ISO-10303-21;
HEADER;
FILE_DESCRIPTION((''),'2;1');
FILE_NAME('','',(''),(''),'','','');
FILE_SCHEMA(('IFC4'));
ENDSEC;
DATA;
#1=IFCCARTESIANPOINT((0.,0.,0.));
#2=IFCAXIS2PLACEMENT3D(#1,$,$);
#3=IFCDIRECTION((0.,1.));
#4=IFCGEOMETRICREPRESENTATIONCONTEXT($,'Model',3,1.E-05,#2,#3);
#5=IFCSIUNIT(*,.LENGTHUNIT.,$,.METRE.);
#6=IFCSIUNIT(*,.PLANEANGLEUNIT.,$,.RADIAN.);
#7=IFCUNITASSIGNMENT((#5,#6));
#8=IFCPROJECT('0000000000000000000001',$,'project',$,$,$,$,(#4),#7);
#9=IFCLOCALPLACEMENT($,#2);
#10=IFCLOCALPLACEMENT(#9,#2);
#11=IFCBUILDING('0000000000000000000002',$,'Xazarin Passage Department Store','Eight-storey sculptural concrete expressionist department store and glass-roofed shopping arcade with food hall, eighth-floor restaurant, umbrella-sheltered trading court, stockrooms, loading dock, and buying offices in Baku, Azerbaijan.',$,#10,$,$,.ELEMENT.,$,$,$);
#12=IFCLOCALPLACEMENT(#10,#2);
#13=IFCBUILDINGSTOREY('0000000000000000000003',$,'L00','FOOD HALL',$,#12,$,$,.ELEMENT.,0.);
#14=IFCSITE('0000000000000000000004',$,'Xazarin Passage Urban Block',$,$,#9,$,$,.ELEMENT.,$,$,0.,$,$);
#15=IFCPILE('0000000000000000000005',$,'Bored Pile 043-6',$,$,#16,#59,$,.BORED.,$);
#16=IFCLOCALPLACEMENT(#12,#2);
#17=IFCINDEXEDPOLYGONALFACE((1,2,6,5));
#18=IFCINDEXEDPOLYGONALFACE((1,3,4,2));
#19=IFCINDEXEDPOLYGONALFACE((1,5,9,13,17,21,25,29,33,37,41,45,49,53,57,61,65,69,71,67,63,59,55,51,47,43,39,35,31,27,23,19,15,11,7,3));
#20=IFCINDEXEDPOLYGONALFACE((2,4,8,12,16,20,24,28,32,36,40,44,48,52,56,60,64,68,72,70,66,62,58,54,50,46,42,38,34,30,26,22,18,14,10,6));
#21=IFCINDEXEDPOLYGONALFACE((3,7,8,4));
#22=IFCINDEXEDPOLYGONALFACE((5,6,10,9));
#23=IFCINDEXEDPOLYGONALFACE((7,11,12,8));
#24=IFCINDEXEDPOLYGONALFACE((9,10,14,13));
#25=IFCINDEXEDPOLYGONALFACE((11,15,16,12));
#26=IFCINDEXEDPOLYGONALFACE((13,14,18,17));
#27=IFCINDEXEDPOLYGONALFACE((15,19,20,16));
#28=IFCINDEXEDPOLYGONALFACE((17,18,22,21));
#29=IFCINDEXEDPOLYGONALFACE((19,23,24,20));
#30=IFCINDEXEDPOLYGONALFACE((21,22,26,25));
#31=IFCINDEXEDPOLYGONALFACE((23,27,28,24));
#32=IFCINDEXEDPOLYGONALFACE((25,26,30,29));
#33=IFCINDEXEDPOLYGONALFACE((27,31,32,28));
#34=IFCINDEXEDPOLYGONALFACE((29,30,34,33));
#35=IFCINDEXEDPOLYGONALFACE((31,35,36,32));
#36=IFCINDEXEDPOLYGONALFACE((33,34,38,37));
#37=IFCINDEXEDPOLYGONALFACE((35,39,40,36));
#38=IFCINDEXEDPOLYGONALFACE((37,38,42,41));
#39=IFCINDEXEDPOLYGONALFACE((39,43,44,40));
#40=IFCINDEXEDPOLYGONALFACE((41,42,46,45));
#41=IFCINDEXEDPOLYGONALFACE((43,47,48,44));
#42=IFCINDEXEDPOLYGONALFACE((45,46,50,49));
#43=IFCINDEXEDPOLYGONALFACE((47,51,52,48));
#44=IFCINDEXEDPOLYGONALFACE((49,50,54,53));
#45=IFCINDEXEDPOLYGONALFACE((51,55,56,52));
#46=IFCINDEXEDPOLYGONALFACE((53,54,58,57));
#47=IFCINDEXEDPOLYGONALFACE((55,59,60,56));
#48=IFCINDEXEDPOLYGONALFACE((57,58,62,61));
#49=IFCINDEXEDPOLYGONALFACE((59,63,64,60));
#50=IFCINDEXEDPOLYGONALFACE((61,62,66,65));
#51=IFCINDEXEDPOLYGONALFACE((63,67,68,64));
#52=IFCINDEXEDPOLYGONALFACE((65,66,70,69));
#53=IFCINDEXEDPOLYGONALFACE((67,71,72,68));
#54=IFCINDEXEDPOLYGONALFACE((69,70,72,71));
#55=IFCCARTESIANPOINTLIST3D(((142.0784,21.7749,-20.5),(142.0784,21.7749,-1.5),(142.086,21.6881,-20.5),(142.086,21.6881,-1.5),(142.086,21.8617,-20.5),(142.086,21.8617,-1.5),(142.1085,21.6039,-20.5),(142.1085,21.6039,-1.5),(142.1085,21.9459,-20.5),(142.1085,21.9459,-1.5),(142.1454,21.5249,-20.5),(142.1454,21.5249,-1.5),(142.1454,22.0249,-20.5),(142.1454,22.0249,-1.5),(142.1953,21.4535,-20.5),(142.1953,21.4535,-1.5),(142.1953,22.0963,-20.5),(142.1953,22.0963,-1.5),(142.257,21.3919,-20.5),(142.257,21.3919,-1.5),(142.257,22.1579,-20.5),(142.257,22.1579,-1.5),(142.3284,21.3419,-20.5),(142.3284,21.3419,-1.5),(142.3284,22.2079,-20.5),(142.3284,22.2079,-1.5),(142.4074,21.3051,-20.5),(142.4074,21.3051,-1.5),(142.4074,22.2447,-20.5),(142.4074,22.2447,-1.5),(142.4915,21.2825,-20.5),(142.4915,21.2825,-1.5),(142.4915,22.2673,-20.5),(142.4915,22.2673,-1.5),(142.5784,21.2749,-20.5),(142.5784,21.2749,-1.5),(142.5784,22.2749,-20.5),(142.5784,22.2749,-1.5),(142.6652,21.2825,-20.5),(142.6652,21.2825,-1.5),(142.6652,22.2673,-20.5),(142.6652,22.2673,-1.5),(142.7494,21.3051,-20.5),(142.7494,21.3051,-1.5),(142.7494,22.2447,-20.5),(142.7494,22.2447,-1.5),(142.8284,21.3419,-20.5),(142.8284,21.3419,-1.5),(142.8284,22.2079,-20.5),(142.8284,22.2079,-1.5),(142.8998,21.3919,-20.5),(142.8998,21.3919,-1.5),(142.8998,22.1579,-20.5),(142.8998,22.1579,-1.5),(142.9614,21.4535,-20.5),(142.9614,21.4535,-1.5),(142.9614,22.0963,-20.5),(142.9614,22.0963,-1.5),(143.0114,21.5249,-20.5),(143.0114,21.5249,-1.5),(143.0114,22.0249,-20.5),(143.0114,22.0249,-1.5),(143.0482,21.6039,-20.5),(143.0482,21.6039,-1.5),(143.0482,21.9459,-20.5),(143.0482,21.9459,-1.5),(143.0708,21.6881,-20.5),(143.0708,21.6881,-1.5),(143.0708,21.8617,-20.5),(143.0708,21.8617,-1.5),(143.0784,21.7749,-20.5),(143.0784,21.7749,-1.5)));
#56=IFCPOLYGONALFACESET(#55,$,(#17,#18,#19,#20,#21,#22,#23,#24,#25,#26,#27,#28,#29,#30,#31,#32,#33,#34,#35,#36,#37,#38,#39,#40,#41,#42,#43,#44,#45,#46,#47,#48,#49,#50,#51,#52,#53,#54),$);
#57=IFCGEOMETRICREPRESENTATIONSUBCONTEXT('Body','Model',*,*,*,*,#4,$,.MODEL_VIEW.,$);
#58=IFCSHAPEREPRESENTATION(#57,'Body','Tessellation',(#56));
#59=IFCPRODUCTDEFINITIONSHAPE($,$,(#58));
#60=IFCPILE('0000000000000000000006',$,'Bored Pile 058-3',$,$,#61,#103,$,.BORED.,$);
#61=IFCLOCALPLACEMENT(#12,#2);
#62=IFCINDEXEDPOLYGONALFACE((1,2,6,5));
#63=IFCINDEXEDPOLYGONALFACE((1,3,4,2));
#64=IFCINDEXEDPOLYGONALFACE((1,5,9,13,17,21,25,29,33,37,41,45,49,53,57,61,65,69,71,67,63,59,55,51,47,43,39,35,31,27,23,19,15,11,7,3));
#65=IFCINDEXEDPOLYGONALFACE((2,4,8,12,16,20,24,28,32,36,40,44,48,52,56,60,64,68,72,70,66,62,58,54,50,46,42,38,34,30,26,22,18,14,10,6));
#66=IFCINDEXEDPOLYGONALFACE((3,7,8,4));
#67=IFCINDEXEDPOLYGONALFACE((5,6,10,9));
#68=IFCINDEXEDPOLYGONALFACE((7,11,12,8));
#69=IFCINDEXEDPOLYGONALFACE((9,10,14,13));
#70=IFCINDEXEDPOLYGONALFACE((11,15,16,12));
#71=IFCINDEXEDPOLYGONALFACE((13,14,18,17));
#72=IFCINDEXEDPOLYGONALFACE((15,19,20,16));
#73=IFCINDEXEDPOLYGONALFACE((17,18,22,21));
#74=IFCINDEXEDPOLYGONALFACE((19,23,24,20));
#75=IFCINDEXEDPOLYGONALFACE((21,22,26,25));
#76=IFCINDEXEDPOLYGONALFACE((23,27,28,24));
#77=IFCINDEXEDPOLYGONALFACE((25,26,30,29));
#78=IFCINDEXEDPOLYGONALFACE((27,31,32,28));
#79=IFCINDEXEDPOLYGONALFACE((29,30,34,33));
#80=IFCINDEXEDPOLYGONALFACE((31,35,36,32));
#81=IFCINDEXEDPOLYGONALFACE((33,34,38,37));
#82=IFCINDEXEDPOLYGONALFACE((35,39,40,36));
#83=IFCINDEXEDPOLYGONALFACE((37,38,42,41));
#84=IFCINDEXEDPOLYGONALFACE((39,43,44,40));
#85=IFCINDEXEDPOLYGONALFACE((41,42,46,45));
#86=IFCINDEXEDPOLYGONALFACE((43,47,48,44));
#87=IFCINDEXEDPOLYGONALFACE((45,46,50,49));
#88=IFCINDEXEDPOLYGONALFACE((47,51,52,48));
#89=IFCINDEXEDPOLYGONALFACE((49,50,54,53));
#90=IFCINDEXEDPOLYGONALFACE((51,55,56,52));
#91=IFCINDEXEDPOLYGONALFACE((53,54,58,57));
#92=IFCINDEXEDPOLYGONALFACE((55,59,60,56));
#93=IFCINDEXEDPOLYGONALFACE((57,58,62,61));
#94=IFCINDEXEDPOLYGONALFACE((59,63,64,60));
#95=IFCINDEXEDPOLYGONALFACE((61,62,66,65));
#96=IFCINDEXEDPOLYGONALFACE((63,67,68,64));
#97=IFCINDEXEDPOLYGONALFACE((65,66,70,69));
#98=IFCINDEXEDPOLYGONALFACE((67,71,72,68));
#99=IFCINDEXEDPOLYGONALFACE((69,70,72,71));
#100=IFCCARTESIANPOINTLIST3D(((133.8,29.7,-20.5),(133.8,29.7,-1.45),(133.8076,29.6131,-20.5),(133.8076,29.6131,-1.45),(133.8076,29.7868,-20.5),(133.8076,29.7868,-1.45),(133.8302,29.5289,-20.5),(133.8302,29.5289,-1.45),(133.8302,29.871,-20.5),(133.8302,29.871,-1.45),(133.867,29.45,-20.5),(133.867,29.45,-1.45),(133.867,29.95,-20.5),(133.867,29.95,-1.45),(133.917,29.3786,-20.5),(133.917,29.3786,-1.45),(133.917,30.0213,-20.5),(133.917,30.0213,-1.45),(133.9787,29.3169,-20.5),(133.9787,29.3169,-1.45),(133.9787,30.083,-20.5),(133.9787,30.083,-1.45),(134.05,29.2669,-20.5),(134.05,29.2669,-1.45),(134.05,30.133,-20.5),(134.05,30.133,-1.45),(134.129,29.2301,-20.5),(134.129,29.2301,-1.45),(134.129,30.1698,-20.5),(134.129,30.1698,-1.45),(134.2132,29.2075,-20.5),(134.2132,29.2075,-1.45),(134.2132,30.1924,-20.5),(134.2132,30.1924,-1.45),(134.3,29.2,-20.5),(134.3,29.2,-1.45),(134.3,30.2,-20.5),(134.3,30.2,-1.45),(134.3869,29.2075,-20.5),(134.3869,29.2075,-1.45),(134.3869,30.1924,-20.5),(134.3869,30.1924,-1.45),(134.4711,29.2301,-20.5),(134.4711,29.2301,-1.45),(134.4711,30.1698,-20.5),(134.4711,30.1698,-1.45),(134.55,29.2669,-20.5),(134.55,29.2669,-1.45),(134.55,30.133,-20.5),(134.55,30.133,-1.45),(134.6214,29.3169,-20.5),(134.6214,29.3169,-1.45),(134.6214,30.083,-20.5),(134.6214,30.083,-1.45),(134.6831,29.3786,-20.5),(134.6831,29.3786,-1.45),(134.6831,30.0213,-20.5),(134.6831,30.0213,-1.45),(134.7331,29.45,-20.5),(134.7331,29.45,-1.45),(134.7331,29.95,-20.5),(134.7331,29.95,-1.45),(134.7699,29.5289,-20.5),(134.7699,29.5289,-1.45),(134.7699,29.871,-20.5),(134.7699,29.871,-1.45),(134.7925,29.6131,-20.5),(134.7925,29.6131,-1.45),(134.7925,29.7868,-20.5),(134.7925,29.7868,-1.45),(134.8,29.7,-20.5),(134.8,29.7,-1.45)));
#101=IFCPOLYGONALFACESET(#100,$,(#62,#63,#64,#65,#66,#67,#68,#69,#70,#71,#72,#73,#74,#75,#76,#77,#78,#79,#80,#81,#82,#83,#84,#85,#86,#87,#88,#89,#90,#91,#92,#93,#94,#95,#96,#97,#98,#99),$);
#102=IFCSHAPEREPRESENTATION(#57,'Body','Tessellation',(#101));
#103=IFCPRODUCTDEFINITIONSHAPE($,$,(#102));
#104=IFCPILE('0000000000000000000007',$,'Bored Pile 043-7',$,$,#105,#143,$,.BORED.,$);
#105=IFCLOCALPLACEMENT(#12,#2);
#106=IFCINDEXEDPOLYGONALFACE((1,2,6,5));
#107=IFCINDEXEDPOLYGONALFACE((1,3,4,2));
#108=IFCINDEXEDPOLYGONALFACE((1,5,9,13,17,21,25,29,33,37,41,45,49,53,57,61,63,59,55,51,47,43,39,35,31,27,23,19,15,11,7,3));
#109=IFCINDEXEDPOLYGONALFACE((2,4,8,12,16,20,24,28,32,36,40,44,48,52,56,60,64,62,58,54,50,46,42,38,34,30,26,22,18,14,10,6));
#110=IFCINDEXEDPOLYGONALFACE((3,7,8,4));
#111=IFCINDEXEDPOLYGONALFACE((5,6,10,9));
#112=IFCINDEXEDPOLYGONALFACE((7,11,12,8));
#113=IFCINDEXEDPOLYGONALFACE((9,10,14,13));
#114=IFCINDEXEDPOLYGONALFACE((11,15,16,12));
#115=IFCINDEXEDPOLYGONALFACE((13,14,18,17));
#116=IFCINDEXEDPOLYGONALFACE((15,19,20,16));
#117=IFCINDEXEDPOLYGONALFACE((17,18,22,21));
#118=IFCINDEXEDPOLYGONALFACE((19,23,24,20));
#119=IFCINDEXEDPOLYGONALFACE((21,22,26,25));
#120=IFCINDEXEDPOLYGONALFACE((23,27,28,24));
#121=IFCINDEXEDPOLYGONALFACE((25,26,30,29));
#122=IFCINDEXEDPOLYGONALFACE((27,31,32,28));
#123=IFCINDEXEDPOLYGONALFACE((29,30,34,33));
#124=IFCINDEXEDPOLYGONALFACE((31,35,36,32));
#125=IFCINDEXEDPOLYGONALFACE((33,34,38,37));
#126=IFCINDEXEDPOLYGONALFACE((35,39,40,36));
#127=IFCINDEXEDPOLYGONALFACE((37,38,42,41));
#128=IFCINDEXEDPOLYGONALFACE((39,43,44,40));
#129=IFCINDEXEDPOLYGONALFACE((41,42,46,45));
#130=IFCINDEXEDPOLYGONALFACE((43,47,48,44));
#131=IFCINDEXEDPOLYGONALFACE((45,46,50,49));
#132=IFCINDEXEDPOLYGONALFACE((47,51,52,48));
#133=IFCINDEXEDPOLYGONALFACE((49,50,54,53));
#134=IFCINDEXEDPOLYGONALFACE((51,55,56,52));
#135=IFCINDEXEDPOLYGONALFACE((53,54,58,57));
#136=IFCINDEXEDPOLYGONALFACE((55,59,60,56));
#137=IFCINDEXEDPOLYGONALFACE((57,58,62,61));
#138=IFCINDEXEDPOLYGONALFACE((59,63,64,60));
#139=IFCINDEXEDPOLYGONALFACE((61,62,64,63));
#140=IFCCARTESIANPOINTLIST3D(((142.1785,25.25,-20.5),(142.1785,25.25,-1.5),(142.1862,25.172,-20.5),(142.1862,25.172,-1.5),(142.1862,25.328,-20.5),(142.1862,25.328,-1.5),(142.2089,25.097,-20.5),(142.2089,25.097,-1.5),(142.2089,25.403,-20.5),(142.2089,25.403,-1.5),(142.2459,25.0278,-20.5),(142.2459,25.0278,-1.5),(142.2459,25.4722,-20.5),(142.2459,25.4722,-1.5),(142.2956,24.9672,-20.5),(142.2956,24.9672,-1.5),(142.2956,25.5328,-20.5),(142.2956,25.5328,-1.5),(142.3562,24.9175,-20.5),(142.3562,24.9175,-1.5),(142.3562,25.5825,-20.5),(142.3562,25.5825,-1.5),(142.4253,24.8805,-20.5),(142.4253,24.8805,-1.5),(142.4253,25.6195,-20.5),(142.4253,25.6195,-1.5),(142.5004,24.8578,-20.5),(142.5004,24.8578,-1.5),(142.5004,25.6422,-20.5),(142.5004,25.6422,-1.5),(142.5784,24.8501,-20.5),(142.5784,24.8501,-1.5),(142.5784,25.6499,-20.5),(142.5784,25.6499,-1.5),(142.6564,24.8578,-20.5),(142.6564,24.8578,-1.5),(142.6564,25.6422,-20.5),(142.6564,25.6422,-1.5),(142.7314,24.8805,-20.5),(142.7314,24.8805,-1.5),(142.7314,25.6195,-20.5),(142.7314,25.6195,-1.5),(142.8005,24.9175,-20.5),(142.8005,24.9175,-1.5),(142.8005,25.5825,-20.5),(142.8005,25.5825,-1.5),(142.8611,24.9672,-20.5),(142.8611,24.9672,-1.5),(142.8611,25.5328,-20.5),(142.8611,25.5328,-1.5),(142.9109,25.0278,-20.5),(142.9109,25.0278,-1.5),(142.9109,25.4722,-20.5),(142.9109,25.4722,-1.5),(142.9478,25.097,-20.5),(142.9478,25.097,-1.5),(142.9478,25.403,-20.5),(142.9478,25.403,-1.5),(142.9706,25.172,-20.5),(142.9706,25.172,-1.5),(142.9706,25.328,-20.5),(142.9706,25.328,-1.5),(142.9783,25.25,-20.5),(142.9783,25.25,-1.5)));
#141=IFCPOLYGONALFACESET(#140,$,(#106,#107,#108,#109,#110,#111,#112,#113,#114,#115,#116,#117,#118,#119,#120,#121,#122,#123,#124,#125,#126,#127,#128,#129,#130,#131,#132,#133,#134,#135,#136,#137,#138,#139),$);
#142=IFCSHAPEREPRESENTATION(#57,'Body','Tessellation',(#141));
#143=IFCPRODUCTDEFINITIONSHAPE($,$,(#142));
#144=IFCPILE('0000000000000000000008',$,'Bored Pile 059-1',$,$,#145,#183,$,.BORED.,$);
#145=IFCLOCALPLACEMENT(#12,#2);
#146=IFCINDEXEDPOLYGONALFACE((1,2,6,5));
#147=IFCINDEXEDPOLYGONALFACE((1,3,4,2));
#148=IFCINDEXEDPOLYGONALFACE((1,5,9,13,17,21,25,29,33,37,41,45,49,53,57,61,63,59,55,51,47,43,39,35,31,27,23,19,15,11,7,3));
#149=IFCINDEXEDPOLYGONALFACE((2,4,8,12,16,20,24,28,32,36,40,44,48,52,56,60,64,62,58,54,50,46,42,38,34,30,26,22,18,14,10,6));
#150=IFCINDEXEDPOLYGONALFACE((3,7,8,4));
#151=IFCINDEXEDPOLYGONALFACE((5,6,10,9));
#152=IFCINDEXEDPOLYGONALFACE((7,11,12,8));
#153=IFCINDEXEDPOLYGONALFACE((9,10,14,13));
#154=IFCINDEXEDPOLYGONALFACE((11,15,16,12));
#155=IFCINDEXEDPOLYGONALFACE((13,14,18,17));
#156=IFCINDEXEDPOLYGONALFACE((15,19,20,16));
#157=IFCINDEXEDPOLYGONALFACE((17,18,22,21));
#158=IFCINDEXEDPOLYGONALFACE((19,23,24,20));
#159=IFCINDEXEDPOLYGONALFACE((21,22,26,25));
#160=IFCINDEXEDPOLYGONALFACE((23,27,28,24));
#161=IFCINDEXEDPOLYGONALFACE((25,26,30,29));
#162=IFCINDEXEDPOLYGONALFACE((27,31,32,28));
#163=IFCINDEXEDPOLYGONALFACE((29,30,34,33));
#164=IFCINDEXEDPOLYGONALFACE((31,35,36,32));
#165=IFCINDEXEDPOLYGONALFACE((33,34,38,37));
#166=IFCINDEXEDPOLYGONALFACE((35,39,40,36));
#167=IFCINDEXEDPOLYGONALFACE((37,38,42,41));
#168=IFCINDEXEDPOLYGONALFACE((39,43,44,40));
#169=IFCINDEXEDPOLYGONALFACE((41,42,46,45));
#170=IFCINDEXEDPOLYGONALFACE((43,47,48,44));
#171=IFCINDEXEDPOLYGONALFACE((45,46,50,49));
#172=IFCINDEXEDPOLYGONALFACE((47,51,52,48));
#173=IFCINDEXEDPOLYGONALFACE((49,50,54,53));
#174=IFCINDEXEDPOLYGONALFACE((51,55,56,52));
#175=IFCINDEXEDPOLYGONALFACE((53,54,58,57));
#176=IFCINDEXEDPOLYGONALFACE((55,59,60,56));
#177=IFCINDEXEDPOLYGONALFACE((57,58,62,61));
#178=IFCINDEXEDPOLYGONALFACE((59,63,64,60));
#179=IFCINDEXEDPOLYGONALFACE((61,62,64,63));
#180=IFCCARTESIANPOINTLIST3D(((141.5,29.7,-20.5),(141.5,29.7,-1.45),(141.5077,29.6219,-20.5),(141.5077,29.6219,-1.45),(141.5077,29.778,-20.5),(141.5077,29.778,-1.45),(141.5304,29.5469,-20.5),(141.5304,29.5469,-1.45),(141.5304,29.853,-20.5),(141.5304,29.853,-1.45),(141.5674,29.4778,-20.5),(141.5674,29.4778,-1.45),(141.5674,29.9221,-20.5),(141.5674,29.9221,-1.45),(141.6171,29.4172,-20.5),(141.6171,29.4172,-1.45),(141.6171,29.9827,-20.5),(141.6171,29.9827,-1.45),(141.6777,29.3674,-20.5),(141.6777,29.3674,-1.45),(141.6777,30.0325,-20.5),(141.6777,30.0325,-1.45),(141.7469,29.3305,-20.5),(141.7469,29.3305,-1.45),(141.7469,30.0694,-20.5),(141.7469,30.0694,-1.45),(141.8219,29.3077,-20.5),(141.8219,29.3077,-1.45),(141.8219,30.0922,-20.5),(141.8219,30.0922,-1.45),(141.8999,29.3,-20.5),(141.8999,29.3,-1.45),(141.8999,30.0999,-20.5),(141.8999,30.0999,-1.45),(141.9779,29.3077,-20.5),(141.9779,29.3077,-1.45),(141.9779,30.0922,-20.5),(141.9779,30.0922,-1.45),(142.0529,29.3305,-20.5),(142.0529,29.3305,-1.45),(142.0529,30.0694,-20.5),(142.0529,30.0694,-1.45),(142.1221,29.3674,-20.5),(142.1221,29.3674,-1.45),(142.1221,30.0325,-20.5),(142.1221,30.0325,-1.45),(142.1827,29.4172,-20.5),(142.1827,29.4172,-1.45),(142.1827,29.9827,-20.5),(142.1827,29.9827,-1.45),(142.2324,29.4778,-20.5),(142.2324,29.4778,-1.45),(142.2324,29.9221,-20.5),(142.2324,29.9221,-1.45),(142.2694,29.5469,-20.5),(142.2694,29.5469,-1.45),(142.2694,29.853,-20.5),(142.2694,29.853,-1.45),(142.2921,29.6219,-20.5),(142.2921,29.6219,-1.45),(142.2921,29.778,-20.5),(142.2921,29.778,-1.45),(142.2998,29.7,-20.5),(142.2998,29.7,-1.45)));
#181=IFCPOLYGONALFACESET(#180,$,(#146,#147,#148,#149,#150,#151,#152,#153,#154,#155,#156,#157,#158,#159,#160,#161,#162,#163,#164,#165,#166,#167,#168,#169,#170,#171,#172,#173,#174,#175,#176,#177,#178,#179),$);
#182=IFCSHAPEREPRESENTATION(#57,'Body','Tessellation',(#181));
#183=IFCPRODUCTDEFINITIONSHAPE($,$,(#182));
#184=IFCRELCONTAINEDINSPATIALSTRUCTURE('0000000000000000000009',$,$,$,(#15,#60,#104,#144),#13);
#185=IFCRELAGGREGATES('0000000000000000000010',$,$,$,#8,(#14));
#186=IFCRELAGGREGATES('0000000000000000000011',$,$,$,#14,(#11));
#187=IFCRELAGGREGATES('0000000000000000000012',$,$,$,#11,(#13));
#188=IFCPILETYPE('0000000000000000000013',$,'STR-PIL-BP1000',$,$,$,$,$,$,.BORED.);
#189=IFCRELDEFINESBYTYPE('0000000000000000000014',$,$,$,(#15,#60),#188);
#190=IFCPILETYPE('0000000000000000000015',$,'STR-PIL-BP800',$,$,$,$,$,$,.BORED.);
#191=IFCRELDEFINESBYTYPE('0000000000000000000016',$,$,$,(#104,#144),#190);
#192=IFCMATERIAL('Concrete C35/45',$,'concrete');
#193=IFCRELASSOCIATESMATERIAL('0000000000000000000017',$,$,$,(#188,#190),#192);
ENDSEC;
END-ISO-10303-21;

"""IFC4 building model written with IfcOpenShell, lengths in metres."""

from ifc_helpers import new_model, si_unit, direction, frame, origin, origin_2d, place, context, subcontext, project, spatial, circle, extrude, material, material_profile, profile_set, type_object, element, save


model = new_model("IFC4")

# Units and contexts
model_context = context("Model", 3, precision=1e-05, world=origin(), true_north=direction((0.0, 1.0)))
body_context = subcontext(model_context, "Body", "Model", "MODEL_VIEW")
ifc_project = project(units=[si_unit("LENGTHUNIT", "METRE"), si_unit("PLANEANGLEUNIT", "RADIAN")], contexts=[model_context])

# Site, building, storey
site_placement = place(None, origin())
site = spatial("IfcSite", under=ifc_project, at=site_placement, Name="Xazarin Passage Urban Block", CompositionType="ELEMENT", RefElevation=0.0)
building_placement = place(site_placement, origin())
building = spatial("IfcBuilding", under=site, at=building_placement, Name="Xazarin Passage Department Store", Description="Eight-storey sculptural concrete expressionist department store and glass-roofed shopping arcade with food hall, eighth-floor restaurant, umbrella-sheltered trading court, stockrooms, loading dock, and buying offices in Baku, Azerbaijan.", CompositionType="ELEMENT")
storey_placement = place(building_placement, origin())
storey = spatial("IfcBuildingStorey", under=building, at=storey_placement, Name="L00", Description="FOOD HALL", CompositionType="ELEMENT", Elevation=0.0)

# Shared definitions
ifc_material_1 = material(Name="Concrete C35/45", Category="concrete")

# Piles
ifc_material_profile_1 = material_profile(ifc_material_1, circle(Radius=0.5, at=origin_2d()), Name="BP 1000")
ifc_profile_set_1 = profile_set([ifc_material_profile_1], Name="Concrete C35/45")
pile_type_1 = type_object("IfcPileType", Name="STR-PIL-BP1000", PredefinedType="BORED", material=ifc_profile_set_1)
for number, where, z_axis, x_axis, name in (
    (1, (142.5784, 21.7749, -1.5), (0.0, 0.0, -1.0), (1.0, 0.0, 0.0), "Bored Pile 043-6"),
):
    element("IfcPile", number, at=place(storey_placement, frame(where, z_axis=z_axis, x_axis=x_axis)), inside=storey, type_object=pile_type_1, Name=name, PredefinedType="BORED", context=body_context, shape_type="SweptSolid", body=[
        extrude(circle(Radius=0.5, at=origin_2d()), origin(), (0.0, 0.0, 1.0), 19.0),
    ])
pile_1_placement = place(storey_placement, frame((134.3, 29.7, -1.45), z_axis=(0.0, 0.0, -1.0), x_axis=(1.0, 0.0, 0.0)))
element("IfcPile", 2, at=pile_1_placement, inside=storey, type_object=pile_type_1, Name="Bored Pile 058-3", PredefinedType="BORED", context=body_context, shape_type="SweptSolid", body=[
    extrude(circle(Radius=0.5, at=origin_2d()), origin(), (0.0, 0.0, 1.0), 19.05),
])
ifc_material_profile_2 = material_profile(ifc_material_1, circle(Radius=0.3999, at=origin_2d()), Name="BP 800")
ifc_profile_set_2 = profile_set([ifc_material_profile_2], Name="Concrete C35/45")
pile_type_2 = type_object("IfcPileType", Name="STR-PIL-BP800", PredefinedType="BORED", material=ifc_profile_set_2)
pile_2_placement = place(storey_placement, frame((142.5784, 25.25, -1.5), z_axis=(0.0, 0.0, -1.0), x_axis=(1.0, 0.0, 0.0)))
element("IfcPile", 3, at=pile_2_placement, inside=storey, type_object=pile_type_2, Name="Bored Pile 043-7", PredefinedType="BORED", context=body_context, shape_type="SweptSolid", body=[
    extrude(circle(Radius=0.3999, at=origin_2d()), origin(), (0.0, 0.0, 1.0), 19.0),
])
pile_3_placement = place(storey_placement, frame((141.8999, 29.7, -1.45), z_axis=(0.0, 0.0, -1.0), x_axis=(1.0, 0.0, 0.0)))
element("IfcPile", 4, at=pile_3_placement, inside=storey, type_object=pile_type_2, Name="Bored Pile 059-1", PredefinedType="BORED", context=body_context, shape_type="SweptSolid", body=[
    extrude(circle(Radius=0.3999, at=origin_2d()), origin(), (0.0, 0.0, 1.0), 19.05),
])

save(model, "model.ifc")
